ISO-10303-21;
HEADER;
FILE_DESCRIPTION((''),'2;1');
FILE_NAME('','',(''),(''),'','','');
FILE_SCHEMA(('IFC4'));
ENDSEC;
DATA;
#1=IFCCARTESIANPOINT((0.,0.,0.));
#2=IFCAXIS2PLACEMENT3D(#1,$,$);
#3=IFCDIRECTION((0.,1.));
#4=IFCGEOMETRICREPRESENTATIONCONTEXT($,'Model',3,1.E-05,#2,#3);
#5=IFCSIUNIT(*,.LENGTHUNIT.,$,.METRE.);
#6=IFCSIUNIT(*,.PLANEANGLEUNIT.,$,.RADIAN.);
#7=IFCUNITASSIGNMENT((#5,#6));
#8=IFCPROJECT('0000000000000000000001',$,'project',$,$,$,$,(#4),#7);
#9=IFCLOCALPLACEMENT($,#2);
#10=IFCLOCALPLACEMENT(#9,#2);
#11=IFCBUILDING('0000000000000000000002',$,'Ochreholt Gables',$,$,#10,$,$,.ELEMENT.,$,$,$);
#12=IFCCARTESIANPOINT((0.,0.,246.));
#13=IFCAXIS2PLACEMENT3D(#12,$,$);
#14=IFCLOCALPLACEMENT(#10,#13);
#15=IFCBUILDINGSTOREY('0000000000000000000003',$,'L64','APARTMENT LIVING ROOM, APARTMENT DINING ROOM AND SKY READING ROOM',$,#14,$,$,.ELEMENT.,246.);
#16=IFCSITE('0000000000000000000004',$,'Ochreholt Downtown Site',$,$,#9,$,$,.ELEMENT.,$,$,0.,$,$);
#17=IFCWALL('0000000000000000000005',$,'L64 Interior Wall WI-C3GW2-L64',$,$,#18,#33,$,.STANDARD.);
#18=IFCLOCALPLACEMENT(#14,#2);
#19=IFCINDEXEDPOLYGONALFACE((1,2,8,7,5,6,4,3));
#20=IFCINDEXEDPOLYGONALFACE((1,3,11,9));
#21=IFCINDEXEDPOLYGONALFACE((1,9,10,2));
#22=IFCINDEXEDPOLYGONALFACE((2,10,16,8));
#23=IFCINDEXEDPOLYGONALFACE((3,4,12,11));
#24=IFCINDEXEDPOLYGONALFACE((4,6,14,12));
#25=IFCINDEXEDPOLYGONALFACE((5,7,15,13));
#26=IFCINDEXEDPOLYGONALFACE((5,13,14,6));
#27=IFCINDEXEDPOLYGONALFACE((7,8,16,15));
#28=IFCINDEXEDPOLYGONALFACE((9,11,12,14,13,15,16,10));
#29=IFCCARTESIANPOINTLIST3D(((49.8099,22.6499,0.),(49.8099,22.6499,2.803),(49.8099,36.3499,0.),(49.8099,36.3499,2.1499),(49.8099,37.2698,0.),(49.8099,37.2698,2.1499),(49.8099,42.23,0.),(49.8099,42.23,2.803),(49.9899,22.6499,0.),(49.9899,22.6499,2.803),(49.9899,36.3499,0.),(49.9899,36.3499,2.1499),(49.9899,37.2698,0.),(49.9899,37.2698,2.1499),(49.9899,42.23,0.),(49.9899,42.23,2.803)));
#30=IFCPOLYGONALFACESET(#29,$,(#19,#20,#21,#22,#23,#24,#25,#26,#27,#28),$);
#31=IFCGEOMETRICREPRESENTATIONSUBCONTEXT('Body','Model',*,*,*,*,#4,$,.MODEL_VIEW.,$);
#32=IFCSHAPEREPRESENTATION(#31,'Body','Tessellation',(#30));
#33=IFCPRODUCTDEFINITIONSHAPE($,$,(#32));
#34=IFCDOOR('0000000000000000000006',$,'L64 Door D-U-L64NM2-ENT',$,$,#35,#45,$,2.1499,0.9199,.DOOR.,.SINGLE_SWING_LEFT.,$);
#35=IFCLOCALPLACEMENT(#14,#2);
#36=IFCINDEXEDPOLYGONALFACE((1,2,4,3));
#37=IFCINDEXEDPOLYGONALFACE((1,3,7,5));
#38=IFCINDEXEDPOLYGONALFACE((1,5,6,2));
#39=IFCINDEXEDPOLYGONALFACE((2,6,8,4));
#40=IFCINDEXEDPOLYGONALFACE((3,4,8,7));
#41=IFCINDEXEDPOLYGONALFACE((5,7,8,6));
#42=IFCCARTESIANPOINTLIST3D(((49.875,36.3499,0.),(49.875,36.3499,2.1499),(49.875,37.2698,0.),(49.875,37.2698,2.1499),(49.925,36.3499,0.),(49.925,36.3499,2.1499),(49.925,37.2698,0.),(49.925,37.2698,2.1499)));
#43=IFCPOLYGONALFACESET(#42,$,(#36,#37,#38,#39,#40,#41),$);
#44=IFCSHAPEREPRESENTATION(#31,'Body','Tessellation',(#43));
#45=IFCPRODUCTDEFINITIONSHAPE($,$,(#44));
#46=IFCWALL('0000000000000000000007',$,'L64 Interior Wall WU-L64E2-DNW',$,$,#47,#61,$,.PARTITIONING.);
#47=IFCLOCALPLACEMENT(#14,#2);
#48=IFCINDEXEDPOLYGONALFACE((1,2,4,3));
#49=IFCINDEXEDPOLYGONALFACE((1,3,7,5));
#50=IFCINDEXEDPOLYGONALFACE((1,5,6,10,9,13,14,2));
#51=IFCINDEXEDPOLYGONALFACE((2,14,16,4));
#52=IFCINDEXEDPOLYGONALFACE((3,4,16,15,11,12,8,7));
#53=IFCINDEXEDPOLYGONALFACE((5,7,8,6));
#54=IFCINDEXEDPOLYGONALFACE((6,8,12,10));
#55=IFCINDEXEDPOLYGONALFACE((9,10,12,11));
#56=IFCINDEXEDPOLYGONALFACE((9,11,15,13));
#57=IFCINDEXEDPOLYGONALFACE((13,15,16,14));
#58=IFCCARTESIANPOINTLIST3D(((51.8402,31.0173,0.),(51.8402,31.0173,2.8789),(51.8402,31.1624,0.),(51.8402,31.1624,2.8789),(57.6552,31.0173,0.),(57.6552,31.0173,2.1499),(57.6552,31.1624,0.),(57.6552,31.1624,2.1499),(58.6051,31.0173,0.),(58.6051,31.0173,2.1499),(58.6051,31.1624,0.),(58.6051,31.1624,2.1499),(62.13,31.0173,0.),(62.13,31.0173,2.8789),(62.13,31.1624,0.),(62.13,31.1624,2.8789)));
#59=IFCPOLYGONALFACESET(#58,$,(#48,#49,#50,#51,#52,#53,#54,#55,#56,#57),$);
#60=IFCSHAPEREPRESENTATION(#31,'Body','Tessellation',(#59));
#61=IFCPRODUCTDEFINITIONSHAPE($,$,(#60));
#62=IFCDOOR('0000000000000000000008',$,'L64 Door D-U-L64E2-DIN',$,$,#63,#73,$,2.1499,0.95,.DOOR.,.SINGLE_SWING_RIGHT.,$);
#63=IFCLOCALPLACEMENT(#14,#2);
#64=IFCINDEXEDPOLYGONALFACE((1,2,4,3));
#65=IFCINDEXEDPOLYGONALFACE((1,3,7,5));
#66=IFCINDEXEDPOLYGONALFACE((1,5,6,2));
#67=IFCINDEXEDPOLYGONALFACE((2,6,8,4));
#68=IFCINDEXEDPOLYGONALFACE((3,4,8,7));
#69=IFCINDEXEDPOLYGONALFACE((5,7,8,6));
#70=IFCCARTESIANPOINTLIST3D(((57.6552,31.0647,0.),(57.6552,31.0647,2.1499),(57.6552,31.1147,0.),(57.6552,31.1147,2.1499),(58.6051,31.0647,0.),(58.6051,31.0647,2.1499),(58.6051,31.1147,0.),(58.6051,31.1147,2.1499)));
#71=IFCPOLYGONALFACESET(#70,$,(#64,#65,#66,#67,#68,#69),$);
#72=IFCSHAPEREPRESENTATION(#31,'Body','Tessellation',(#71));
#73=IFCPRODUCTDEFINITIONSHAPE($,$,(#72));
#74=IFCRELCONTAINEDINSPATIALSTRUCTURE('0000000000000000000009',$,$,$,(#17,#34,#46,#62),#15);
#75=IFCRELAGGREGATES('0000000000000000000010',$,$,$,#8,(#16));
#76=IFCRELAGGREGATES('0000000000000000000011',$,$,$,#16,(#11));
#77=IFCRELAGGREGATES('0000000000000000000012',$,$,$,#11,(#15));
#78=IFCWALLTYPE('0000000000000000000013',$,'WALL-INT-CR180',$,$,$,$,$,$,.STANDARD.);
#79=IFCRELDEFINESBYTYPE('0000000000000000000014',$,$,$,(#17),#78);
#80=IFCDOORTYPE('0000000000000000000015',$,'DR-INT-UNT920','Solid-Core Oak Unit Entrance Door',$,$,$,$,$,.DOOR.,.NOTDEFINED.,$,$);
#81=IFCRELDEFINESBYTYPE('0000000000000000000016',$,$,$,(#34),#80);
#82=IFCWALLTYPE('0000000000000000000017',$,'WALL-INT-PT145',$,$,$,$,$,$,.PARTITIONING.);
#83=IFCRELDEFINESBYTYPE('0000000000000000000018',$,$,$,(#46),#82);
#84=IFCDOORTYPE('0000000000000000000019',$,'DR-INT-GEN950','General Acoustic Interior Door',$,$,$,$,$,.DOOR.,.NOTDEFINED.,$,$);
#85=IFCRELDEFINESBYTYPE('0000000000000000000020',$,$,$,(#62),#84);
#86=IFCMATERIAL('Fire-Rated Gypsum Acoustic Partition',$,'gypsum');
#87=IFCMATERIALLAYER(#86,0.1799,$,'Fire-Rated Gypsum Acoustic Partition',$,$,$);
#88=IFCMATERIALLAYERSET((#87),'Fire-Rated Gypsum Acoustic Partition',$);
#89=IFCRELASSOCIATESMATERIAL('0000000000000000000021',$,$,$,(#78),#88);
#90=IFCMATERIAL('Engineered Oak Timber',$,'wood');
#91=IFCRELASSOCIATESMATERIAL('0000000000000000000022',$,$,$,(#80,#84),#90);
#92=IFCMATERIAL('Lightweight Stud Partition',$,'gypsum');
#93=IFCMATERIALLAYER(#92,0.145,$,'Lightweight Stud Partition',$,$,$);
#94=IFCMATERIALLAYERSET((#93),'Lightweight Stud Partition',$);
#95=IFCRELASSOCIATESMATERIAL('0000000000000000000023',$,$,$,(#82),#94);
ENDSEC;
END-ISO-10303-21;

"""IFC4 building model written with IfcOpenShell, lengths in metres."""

from ifc_helpers import new_model, si_unit, direction, frame, frame_2d, origin, place, context, subcontext, project, spatial, rectangle, extrude, material, layer, layer_set, type_object, element, fill, save


model = new_model("IFC4")

# Units and contexts
model_context = context("Model", 3, precision=1e-05, world=origin(), true_north=direction((0.0, 1.0)))
body_context = subcontext(model_context, "Body", "Model", "MODEL_VIEW")
ifc_project = project(units=[si_unit("LENGTHUNIT", "METRE"), si_unit("PLANEANGLEUNIT", "RADIAN")], contexts=[model_context])

# Site, building, storey
site_placement = place(None, origin())
site = spatial("IfcSite", under=ifc_project, at=site_placement, Name="Ochreholt Downtown Site", CompositionType="ELEMENT", RefElevation=0.0)
building_placement = place(site_placement, origin())
building = spatial("IfcBuilding", under=site, at=building_placement, Name="Ochreholt Gables", CompositionType="ELEMENT")
storey_placement = place(building_placement, frame((0.0, 0.0, 246.0)))
storey = spatial("IfcBuildingStorey", under=building, at=storey_placement, Name="L64", Description="APARTMENT LIVING ROOM, APARTMENT DINING ROOM AND SKY READING ROOM", CompositionType="ELEMENT", Elevation=246.0)

# Wall, opening, door
ifc_material_1 = material(Name="Fire-Rated Gypsum Acoustic Partition", Category="gypsum")
ifc_layer_1 = layer(ifc_material_1, 0.1799, Name="Fire-Rated Gypsum Acoustic Partition")
ifc_layer_set_1 = layer_set([ifc_layer_1], Name="Fire-Rated Gypsum Acoustic Partition")
wall_type_1 = type_object("IfcWallType", Name="WALL-INT-CR180", PredefinedType="STANDARD", material=ifc_layer_set_1)
wall_1_placement = place(storey_placement, frame((49.8999, 22.6499, 0.0), z_axis=(0.0, 0.0, 1.0), x_axis=(0.0, 1.0, 0.0)))
wall_1 = element("IfcWall", 1, at=wall_1_placement, inside=storey, type_object=wall_type_1, Name="L64 Interior Wall WI-C3GW2-L64", PredefinedType="STANDARD", context=body_context, shape_type="SweptSolid", body=[
    extrude(rectangle(XDim=19.5801, YDim=0.1799, at=frame_2d((9.79, 0.0))), origin(), (0.0, 0.0, 1.0), 2.803),
])
opening_1_placement = place(wall_1_placement, frame((13.7, 0.0, 0.0)))
opening_1 = element("IfcOpeningElement", 2, at=opening_1_placement, cuts=wall_1, PredefinedType="OPENING", context=body_context, shape_type="SweptSolid", body=[
    extrude(rectangle(XDim=0.9199, YDim=2.1499, at=frame_2d((0.46, 1.075))), frame((0.0, 0.0999, 0.0), z_axis=(0.0, -1.0, 0.0), x_axis=(1.0, 0.0, 0.0)), (0.0, 0.0, 1.0), 0.2),
])
ifc_material_2 = material(Name="Engineered Oak Timber", Category="wood")
door_type_1 = type_object("IfcDoorType", Name="DR-INT-UNT920", Description="Solid-Core Oak Unit Entrance Door", OperationType="NOTDEFINED", PredefinedType="DOOR", material=ifc_material_2)
door_1_placement = place(opening_1_placement, origin())
door_1 = element("IfcDoor", 3, at=door_1_placement, inside=storey, type_object=door_type_1, Name="L64 Door D-U-L64NM2-ENT", OperationType="SINGLE_SWING_LEFT", OverallHeight=2.1499, OverallWidth=0.9199, PredefinedType="DOOR", context=body_context, shape_type="SweptSolid", body=[
    extrude(rectangle(XDim=0.9199, YDim=2.1499, at=frame_2d((0.46, 1.075))), frame((0.0, 0.0249, 0.0), z_axis=(0.0, -1.0, 0.0), x_axis=(1.0, 0.0, 0.0)), (0.0, 0.0, 1.0), 0.05),
])
fill(opening_1, door_1)

# Wall, opening, door
ifc_material_3 = material(Name="Lightweight Stud Partition", Category="gypsum")
ifc_layer_2 = layer(ifc_material_3, 0.145, Name="Lightweight Stud Partition")
ifc_layer_set_2 = layer_set([ifc_layer_2], Name="Lightweight Stud Partition")
wall_type_2 = type_object("IfcWallType", Name="WALL-INT-PT145", PredefinedType="PARTITIONING", material=ifc_layer_set_2)
wall_2_placement = place(storey_placement, frame((51.8401, 31.0898, 0.0), z_axis=(0.0, 0.0, 1.0), x_axis=(1.0, 0.0, 0.0)))
wall_2 = element("IfcWall", 4, at=wall_2_placement, inside=storey, type_object=wall_type_2, Name="L64 Interior Wall WU-L64E2-DNW", PredefinedType="PARTITIONING", context=body_context, shape_type="SweptSolid", body=[
    extrude(rectangle(XDim=10.2898, YDim=0.145, at=frame_2d((5.145, 0.0))), origin(), (0.0, 0.0, 1.0), 2.8789),
])
opening_2_placement = place(wall_2_placement, frame((5.8149, 0.0, 0.0)))
opening_2 = element("IfcOpeningElement", 5, at=opening_2_placement, cuts=wall_2, PredefinedType="OPENING", context=body_context, shape_type="SweptSolid", body=[
    extrude(rectangle(XDim=0.95, YDim=2.1499, at=frame_2d((0.4751, 1.075))), frame((0.0, 0.0825, 0.0), z_axis=(0.0, -1.0, 0.0), x_axis=(1.0, 0.0, 0.0)), (0.0, 0.0, 1.0), 0.165),
])
door_type_2 = type_object("IfcDoorType", Name="DR-INT-GEN950", Description="General Acoustic Interior Door", OperationType="NOTDEFINED", PredefinedType="DOOR", material=ifc_material_2)
door_2_placement = place(opening_2_placement, origin())
door_2 = element("IfcDoor", 6, at=door_2_placement, inside=storey, type_object=door_type_2, Name="L64 Door D-U-L64E2-DIN", OperationType="SINGLE_SWING_RIGHT", OverallHeight=2.1499, OverallWidth=0.95, PredefinedType="DOOR", context=body_context, shape_type="SweptSolid", body=[
    extrude(rectangle(XDim=0.95, YDim=2.1499, at=frame_2d((0.4751, 1.075))), frame((0.0, 0.0249, 0.0), z_axis=(0.0, -1.0, 0.0), x_axis=(1.0, 0.0, 0.0)), (0.0, 0.0, 1.0), 0.05),
])
fill(opening_2, door_2)

save(model, "model.ifc")
